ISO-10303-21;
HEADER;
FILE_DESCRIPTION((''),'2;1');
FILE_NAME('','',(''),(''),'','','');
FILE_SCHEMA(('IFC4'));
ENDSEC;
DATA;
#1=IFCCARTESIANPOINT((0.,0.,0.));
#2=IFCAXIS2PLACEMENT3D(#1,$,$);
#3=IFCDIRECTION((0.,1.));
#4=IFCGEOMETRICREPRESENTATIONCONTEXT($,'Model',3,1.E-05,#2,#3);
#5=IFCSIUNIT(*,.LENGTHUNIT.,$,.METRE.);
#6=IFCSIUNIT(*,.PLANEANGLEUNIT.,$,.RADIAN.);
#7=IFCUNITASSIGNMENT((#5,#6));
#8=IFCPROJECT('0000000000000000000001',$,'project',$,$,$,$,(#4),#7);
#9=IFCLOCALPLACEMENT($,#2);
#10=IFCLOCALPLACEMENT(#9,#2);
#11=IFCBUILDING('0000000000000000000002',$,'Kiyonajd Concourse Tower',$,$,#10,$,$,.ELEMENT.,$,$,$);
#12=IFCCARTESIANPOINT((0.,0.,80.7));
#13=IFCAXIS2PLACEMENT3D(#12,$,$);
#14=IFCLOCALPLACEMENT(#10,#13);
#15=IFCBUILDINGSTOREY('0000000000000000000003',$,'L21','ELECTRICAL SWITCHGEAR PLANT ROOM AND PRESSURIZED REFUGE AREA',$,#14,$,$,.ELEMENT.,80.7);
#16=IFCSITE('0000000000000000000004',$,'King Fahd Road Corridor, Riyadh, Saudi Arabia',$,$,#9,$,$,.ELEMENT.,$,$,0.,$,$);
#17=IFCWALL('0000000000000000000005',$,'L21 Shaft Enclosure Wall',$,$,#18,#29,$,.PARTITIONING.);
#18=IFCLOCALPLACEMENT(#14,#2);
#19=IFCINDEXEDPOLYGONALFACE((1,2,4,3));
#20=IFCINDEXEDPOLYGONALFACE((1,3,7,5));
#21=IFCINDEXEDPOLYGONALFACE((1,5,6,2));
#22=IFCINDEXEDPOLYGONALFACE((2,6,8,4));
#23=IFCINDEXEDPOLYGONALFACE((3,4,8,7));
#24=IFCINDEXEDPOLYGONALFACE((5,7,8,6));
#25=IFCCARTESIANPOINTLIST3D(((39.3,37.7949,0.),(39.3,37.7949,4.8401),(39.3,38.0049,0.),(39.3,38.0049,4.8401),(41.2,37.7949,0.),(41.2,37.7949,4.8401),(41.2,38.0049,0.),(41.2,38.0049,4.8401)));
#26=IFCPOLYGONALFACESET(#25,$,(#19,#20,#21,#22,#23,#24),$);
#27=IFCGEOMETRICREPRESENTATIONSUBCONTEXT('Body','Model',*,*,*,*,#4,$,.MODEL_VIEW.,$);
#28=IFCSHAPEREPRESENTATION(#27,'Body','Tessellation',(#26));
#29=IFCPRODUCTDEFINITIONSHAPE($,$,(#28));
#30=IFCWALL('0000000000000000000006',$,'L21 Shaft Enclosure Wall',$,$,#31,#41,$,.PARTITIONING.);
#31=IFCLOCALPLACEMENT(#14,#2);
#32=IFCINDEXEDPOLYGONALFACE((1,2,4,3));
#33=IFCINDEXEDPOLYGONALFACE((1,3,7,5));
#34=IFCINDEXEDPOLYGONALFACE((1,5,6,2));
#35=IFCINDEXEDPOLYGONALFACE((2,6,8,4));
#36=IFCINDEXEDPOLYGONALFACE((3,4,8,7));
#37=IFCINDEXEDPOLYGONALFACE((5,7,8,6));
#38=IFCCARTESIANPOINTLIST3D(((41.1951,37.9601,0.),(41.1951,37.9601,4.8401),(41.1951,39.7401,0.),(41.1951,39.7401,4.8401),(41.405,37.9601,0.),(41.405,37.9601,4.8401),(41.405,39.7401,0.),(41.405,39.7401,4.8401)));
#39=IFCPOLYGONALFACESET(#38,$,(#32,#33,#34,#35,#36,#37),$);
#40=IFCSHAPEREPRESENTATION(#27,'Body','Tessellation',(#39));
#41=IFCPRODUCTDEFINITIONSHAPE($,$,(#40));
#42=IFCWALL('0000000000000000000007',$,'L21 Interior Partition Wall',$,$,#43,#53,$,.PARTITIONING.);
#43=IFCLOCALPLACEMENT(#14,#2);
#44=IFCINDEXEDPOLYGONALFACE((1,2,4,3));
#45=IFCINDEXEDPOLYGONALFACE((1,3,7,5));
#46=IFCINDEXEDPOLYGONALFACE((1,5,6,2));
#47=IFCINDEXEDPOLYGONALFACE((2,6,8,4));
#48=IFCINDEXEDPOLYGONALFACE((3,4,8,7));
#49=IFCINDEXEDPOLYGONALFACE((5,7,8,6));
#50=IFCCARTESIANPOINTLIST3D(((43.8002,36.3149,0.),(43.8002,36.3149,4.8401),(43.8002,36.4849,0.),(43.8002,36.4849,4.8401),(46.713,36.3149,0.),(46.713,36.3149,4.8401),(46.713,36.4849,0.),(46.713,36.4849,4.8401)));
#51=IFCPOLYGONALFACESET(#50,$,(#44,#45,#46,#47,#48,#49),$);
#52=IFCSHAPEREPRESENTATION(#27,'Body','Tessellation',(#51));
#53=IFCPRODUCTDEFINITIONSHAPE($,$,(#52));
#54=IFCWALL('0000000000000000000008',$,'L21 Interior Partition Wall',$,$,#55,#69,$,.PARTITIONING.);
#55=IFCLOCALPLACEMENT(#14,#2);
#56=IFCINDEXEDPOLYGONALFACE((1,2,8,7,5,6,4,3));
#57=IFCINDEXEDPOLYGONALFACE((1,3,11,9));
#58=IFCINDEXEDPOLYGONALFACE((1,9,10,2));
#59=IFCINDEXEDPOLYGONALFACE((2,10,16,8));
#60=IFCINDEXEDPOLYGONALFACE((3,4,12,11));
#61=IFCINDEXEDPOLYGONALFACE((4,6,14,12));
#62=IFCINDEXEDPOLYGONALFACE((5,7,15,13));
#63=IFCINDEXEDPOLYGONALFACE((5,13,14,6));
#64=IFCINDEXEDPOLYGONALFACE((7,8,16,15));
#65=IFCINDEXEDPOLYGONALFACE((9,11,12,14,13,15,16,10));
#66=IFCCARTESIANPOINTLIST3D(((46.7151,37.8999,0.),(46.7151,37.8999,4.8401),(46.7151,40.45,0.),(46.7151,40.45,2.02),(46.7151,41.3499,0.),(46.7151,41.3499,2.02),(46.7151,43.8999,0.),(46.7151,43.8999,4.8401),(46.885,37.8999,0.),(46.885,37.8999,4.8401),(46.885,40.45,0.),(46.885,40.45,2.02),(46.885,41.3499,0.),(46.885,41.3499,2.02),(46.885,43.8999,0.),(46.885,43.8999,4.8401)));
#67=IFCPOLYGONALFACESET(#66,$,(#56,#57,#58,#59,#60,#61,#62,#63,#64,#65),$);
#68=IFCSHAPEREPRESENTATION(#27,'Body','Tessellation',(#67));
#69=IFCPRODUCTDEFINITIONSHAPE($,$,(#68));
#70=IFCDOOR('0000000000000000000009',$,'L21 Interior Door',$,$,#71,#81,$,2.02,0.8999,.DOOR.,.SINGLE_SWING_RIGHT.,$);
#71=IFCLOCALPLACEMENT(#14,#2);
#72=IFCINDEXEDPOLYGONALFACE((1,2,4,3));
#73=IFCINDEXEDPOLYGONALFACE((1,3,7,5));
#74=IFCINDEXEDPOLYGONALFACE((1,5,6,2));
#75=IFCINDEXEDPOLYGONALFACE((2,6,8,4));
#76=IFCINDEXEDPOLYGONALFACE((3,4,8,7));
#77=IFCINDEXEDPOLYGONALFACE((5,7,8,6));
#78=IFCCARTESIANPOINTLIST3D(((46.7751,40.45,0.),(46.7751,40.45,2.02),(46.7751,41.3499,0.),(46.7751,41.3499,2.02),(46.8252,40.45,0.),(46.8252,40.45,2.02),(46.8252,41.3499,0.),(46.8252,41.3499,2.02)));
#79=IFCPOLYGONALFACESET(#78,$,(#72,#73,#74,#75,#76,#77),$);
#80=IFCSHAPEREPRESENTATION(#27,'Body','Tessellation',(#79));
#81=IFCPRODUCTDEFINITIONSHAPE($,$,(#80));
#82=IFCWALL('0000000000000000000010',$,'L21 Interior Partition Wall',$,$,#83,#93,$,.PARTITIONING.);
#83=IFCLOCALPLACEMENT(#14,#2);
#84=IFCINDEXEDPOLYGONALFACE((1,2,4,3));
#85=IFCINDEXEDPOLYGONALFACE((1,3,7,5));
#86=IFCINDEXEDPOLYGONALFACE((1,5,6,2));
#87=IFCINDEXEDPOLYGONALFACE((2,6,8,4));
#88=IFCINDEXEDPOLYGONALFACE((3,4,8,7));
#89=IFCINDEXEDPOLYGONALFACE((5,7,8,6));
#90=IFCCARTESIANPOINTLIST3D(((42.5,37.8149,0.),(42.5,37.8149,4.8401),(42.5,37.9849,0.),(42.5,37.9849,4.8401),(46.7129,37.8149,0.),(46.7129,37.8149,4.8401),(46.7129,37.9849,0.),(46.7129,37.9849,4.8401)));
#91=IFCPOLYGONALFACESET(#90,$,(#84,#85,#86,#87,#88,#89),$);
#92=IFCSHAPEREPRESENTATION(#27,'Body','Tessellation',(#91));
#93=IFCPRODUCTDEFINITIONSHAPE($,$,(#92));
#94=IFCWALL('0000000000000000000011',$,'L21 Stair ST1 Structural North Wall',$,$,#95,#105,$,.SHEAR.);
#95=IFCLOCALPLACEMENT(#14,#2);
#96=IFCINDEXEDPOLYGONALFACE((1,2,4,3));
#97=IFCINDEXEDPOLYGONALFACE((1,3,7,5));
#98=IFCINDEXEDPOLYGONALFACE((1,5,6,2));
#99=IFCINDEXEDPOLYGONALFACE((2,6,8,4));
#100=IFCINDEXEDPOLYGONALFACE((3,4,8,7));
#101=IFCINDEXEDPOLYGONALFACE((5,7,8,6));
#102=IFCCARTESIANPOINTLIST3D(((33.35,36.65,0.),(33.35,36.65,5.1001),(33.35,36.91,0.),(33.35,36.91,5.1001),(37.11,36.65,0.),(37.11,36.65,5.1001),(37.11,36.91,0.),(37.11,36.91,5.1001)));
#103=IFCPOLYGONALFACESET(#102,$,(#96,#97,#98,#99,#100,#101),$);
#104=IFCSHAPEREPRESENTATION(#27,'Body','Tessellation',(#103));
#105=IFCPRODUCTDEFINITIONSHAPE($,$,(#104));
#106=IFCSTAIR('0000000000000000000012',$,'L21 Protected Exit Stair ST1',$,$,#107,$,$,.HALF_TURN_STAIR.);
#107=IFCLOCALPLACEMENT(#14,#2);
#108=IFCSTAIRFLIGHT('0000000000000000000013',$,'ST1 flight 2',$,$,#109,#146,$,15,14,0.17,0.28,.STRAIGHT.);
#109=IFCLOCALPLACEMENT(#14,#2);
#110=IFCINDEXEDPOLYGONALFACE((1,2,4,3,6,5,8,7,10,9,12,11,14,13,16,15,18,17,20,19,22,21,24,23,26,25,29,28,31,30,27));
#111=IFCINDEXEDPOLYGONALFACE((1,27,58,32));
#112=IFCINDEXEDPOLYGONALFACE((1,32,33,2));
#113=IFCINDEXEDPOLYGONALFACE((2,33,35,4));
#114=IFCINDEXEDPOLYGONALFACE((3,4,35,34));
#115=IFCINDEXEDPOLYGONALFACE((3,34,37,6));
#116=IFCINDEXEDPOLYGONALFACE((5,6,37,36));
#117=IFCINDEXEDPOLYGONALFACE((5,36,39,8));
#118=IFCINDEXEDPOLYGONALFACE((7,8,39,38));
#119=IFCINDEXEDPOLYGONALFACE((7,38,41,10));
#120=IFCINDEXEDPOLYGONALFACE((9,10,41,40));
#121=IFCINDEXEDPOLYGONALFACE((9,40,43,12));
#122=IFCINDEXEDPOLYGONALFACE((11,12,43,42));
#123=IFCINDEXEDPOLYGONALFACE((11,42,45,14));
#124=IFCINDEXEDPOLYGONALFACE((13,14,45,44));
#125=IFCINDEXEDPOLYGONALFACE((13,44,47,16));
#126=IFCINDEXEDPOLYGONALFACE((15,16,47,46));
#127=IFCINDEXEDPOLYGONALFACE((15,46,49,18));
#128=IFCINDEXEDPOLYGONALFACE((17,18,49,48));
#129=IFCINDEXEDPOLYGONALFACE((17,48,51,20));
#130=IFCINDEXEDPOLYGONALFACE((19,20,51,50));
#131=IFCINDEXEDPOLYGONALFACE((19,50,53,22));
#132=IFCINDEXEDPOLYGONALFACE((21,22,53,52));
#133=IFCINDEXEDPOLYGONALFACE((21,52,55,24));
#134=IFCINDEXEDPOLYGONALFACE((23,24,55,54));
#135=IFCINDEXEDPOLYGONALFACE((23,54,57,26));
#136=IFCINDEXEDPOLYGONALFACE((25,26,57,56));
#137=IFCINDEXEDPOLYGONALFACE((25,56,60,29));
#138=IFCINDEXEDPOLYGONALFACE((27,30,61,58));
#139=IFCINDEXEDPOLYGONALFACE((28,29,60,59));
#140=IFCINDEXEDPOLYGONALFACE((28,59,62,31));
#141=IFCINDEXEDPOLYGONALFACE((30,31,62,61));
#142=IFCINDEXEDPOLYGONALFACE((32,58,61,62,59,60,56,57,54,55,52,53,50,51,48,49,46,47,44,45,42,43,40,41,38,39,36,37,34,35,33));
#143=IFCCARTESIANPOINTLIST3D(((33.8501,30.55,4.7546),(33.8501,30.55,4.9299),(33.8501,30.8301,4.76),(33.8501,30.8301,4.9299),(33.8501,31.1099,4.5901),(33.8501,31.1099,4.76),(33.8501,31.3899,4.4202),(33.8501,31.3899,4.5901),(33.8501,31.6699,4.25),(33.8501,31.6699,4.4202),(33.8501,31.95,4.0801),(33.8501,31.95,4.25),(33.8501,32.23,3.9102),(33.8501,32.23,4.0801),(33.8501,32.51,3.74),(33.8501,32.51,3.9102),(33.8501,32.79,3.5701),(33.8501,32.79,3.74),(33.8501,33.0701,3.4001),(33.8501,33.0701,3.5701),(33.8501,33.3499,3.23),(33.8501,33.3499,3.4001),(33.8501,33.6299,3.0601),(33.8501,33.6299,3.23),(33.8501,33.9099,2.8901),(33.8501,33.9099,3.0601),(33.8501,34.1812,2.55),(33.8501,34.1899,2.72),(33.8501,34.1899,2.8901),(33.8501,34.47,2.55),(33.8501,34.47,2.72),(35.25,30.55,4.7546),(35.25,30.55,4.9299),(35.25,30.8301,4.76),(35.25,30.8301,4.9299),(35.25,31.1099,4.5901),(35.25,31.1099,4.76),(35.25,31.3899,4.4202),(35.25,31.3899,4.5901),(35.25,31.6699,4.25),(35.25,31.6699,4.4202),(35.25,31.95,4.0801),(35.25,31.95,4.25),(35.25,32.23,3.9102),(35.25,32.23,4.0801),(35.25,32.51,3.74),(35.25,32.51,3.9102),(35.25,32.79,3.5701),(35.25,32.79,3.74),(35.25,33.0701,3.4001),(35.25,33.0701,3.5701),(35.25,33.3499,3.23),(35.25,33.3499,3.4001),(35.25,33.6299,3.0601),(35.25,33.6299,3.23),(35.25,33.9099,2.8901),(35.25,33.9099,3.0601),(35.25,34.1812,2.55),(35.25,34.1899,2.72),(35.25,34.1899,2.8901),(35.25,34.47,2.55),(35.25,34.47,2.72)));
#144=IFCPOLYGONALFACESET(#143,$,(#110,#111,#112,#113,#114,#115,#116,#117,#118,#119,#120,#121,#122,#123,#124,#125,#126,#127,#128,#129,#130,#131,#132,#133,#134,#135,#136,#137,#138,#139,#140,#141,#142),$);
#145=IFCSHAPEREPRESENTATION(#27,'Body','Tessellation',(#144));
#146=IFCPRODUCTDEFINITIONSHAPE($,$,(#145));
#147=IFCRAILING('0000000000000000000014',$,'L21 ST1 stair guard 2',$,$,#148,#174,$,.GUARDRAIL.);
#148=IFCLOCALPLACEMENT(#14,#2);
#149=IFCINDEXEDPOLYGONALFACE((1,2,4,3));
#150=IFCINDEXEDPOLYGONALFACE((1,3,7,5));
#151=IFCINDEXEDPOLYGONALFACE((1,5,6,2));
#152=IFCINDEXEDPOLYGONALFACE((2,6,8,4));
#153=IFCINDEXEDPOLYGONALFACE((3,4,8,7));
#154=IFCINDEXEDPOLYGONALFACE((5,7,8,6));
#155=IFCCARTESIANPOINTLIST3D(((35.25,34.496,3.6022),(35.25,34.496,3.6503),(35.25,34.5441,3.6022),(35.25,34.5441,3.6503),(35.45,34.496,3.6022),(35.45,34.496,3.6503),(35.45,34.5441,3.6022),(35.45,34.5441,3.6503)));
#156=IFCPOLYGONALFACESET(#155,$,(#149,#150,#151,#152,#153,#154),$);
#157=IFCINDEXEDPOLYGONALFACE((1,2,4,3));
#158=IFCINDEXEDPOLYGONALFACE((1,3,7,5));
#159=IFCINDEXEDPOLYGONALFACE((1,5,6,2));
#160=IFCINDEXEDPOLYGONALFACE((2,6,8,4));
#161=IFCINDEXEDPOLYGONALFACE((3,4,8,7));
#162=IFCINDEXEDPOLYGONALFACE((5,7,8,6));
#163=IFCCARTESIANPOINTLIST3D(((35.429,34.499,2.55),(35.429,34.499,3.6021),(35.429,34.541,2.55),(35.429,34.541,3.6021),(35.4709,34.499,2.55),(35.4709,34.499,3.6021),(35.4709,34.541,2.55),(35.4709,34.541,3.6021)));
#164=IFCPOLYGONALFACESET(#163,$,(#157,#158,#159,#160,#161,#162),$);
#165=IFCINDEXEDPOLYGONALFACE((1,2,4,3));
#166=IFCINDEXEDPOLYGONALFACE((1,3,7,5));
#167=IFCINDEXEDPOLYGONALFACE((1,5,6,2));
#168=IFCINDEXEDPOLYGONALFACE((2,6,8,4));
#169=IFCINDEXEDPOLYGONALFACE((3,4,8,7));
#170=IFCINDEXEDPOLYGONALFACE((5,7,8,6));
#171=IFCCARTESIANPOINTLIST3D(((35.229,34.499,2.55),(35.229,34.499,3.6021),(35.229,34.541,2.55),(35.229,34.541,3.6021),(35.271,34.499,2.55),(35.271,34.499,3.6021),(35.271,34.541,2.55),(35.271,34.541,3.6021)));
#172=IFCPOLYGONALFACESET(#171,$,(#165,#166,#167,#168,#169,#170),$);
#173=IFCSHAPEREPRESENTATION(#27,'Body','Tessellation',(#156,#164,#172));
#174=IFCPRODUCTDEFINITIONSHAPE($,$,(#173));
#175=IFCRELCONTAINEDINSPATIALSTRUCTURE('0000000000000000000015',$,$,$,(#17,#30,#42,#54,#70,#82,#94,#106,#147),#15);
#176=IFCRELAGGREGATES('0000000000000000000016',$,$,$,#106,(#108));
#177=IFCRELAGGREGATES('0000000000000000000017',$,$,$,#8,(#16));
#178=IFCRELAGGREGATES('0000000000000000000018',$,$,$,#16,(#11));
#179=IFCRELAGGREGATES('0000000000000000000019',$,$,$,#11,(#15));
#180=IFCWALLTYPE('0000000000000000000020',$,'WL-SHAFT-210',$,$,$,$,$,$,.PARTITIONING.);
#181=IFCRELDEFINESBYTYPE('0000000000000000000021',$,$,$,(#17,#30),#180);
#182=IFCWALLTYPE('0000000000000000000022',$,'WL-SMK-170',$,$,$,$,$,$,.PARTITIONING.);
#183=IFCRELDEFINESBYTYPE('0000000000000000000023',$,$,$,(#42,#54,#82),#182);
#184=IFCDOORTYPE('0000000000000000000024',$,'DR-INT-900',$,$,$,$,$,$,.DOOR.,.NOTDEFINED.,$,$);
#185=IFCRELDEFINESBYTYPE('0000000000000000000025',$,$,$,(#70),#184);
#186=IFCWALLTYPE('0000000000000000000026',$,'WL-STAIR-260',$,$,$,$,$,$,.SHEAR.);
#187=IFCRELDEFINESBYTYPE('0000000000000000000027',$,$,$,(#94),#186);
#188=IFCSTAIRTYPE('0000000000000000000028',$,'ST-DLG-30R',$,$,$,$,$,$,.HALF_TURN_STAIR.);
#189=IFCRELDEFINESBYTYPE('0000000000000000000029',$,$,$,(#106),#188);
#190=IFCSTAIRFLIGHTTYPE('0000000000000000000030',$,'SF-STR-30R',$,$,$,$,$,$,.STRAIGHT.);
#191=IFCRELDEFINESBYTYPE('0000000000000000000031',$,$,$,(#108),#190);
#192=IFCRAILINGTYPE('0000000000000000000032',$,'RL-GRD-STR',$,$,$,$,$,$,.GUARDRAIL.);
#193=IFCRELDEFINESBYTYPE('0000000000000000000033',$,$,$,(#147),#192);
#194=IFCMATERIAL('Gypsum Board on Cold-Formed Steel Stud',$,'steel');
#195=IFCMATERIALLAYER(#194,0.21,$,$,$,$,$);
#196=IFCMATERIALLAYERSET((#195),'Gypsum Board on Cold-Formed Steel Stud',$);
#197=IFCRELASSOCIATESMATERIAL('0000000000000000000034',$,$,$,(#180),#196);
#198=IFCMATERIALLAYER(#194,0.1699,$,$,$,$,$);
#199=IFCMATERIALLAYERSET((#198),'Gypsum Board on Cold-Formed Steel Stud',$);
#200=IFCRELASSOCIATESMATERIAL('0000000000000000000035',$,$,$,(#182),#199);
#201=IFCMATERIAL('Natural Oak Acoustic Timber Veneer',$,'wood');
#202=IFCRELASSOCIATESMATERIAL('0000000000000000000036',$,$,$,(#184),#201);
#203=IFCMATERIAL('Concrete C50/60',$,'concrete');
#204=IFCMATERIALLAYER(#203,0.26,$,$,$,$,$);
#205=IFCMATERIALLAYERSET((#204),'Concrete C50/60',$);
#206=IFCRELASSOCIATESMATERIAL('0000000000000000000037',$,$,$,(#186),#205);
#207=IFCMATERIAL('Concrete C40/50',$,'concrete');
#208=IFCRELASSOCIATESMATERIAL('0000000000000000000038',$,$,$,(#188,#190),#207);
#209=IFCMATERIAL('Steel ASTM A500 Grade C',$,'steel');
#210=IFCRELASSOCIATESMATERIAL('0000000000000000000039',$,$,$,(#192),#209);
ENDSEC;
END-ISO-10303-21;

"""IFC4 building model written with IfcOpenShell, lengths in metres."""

from ifc_helpers import new_model, si_unit, direction, frame, frame_2d, origin, origin_2d, place, context, subcontext, project, spatial, polyline, rectangle, outline, extrude, material, layer, layer_set, type_object, element, fill, aggregate, save


model = new_model("IFC4")

# Units and contexts
model_context = context("Model", 3, precision=1e-05, world=origin(), true_north=direction((0.0, 1.0)))
body_context = subcontext(model_context, "Body", "Model", "MODEL_VIEW")
ifc_project = project(units=[si_unit("LENGTHUNIT", "METRE"), si_unit("PLANEANGLEUNIT", "RADIAN")], contexts=[model_context])

# Site, building, storey
site_placement = place(None, origin())
site = spatial("IfcSite", under=ifc_project, at=site_placement, Name="King Fahd Road Corridor, Riyadh, Saudi Arabia", CompositionType="ELEMENT", RefElevation=0.0)
building_placement = place(site_placement, origin())
building = spatial("IfcBuilding", under=site, at=building_placement, Name="Kiyonajd Concourse Tower", CompositionType="ELEMENT")
storey_placement = place(building_placement, frame((0.0, 0.0, 80.7)))
storey = spatial("IfcBuildingStorey", under=building, at=storey_placement, Name="L21", Description="ELECTRICAL SWITCHGEAR PLANT ROOM AND PRESSURIZED REFUGE AREA", CompositionType="ELEMENT", Elevation=80.7)

# Shared definitions
ifc_material_1 = material(Name="Gypsum Board on Cold-Formed Steel Stud", Category="steel")
ifc_layer_1 = layer(ifc_material_1, 0.21)
ifc_layer_set_1 = layer_set([ifc_layer_1], Name="Gypsum Board on Cold-Formed Steel Stud")
wall_type_1 = type_object("IfcWallType", Name="WL-SHAFT-210", PredefinedType="PARTITIONING", material=ifc_layer_set_1)

# Walls
wall_1_placement = place(storey_placement, frame((39.3, 37.8999, 0.0), z_axis=(0.0, 0.0, 1.0), x_axis=(1.0, 0.0, 0.0)))
element("IfcWall", 1, at=wall_1_placement, inside=storey, type_object=wall_type_1, Name="L21 Shaft Enclosure Wall", PredefinedType="PARTITIONING", context=body_context, shape_type="SweptSolid", body=[
    extrude(rectangle(XDim=1.8999, YDim=0.21, at=frame_2d((0.95, 0.0))), origin(), (0.0, 0.0, 1.0), 4.8401),
])
wall_2_placement = place(storey_placement, frame((41.3, 37.96, 0.0), z_axis=(0.0, 0.0, 1.0), x_axis=(0.0, 1.0, 0.0)))
element("IfcWall", 2, at=wall_2_placement, inside=storey, type_object=wall_type_1, Name="L21 Shaft Enclosure Wall", PredefinedType="PARTITIONING", context=body_context, shape_type="SweptSolid", body=[
    extrude(rectangle(XDim=1.78, YDim=0.21, at=frame_2d((0.8901, 0.0))), origin(), (0.0, 0.0, 1.0), 4.8401),
])
ifc_layer_2 = layer(ifc_material_1, 0.1699)
ifc_layer_set_2 = layer_set([ifc_layer_2], Name="Gypsum Board on Cold-Formed Steel Stud")
wall_type_2 = type_object("IfcWallType", Name="WL-SMK-170", PredefinedType="PARTITIONING", material=ifc_layer_set_2)
wall_3_placement = place(storey_placement, frame((43.8, 36.3999, 0.0), z_axis=(0.0, 0.0, 1.0), x_axis=(1.0, 0.0, 0.0)))
element("IfcWall", 3, at=wall_3_placement, inside=storey, type_object=wall_type_2, Name="L21 Interior Partition Wall", PredefinedType="PARTITIONING", context=body_context, shape_type="SweptSolid", body=[
    extrude(rectangle(XDim=2.9128, YDim=0.1699, at=frame_2d((1.4565, 0.0))), origin(), (0.0, 0.0, 1.0), 4.8401),
])

# Wall, opening, door
wall_4_placement = place(storey_placement, frame((46.8, 37.8999, 0.0), z_axis=(0.0, 0.0, 1.0), x_axis=(0.0, 1.0, 0.0)))
wall_4 = element("IfcWall", 4, at=wall_4_placement, inside=storey, type_object=wall_type_2, Name="L21 Interior Partition Wall", PredefinedType="PARTITIONING", context=body_context, shape_type="SweptSolid", body=[
    extrude(rectangle(XDim=6.0, YDim=0.1699, at=frame_2d((3.0, 0.0))), origin(), (0.0, 0.0, 1.0), 4.8401),
])
opening_1_placement = place(wall_4_placement, frame((2.55, 0.0, 0.0)))
opening_1 = element("IfcOpeningElement", 5, at=opening_1_placement, cuts=wall_4, PredefinedType="OPENING", context=body_context, shape_type="SweptSolid", body=[
    extrude(rectangle(XDim=0.8999, YDim=2.02, at=frame_2d((0.45, 1.01))), frame((0.0, 0.095, 0.0), z_axis=(0.0, -1.0, 0.0), x_axis=(1.0, 0.0, 0.0)), (0.0, 0.0, 1.0), 0.1899),
])
ifc_material_2 = material(Name="Natural Oak Acoustic Timber Veneer", Category="wood")
door_type_1 = type_object("IfcDoorType", Name="DR-INT-900", OperationType="NOTDEFINED", PredefinedType="DOOR", material=ifc_material_2)
door_1_placement = place(opening_1_placement, origin())
door_1 = element("IfcDoor", 6, at=door_1_placement, inside=storey, type_object=door_type_1, Name="L21 Interior Door", OperationType="SINGLE_SWING_RIGHT", OverallHeight=2.02, OverallWidth=0.8999, PredefinedType="DOOR", context=body_context, shape_type="SweptSolid", body=[
    extrude(rectangle(XDim=0.8999, YDim=2.02, at=frame_2d((0.45, 1.01))), frame((0.0, 0.0249, 0.0), z_axis=(0.0, -1.0, 0.0), x_axis=(1.0, 0.0, 0.0)), (0.0, 0.0, 1.0), 0.05),
])
fill(opening_1, door_1)

# Walls
wall_5_placement = place(storey_placement, frame((42.5, 37.8999, 0.0), z_axis=(0.0, 0.0, 1.0), x_axis=(1.0, 0.0, 0.0)))
element("IfcWall", 7, at=wall_5_placement, inside=storey, type_object=wall_type_2, Name="L21 Interior Partition Wall", PredefinedType="PARTITIONING", context=body_context, shape_type="SweptSolid", body=[
    extrude(rectangle(XDim=4.2129, YDim=0.1699, at=frame_2d((2.1064, 0.0))), origin(), (0.0, 0.0, 1.0), 4.8401),
])
ifc_material_3 = material(Name="Concrete C50/60", Category="concrete")
ifc_layer_3 = layer(ifc_material_3, 0.26)
ifc_layer_set_3 = layer_set([ifc_layer_3], Name="Concrete C50/60")
wall_type_3 = type_object("IfcWallType", Name="WL-STAIR-260", PredefinedType="SHEAR", material=ifc_layer_set_3)
wall_6_placement = place(storey_placement, frame((33.3501, 36.78, 0.0), z_axis=(0.0, 0.0, 1.0), x_axis=(1.0, 0.0, 0.0)))
element("IfcWall", 8, at=wall_6_placement, inside=storey, type_object=wall_type_3, Name="L21 Stair ST1 Structural North Wall", PredefinedType="SHEAR", context=body_context, shape_type="SweptSolid", body=[
    extrude(rectangle(XDim=3.76, YDim=0.26, at=frame_2d((1.8799, 0.0))), origin(), (0.0, 0.0, 1.0), 5.1001),
])

# Stair, stair flight
ifc_material_4 = material(Name="Concrete C40/50", Category="concrete")
stair_type = type_object("IfcStairType", Name="ST-DLG-30R", PredefinedType="HALF_TURN_STAIR", material=ifc_material_4)
stair_placement = place(storey_placement, origin())
stair = element("IfcStair", 9, at=stair_placement, inside=storey, type_object=stair_type, Name="L21 Protected Exit Stair ST1", PredefinedType="HALF_TURN_STAIR")
stair_flight_type = type_object("IfcStairFlightType", Name="SF-STR-30R", PredefinedType="STRAIGHT", material=ifc_material_4)
stair_flight_placement = place(storey_placement, frame((34.55, 34.47, 2.55), z_axis=(0.0, 0.0, 1.0), x_axis=(0.0, -1.0, 0.0)))
stair_flight = element("IfcStairFlight", 10, at=stair_flight_placement, type_object=stair_flight_type, Name="ST1 flight 2", NumberOfRisers=15, NumberOfTreads=14, PredefinedType="STRAIGHT", RiserHeight=0.17, TreadLength=0.28, context=body_context, shape_type="SweptSolid", body=[
    extrude(outline(polyline([(0.0, 0.0), (0.0, 0.1699), (0.28, 0.1699), (0.28, 0.3401), (0.5601, 0.3401), (0.5601, 0.51), (0.8401, 0.51), (0.8401, 0.6799), (1.1201, 0.6799), (1.1201, 0.8501), (1.3999, 0.8501), (1.3999, 1.02), (1.6799, 1.02), (1.6799, 1.1899), (1.96, 1.1899), (1.96, 1.3601), (2.24, 1.3601), (2.24, 1.53), (2.52, 1.53), (2.52, 1.7), (2.8, 1.7), (2.8, 1.8701), (3.0801, 1.8701), (3.0801, 2.04), (3.3601, 2.04), (3.3601, 2.21), (3.6399, 2.21), (3.6399, 2.3799), (3.9199, 2.3799), (3.9199, 2.55), (3.9199, 2.2046), (0.2888, 0.0), (0.0, 0.0)])), frame((0.0, 0.7, 0.0), z_axis=(0.0, -1.0, 0.0), x_axis=(1.0, 0.0, 0.0)), (0.0, 0.0, 1.0), 1.3999),
])
aggregate(stair, [stair_flight])

# Railing
ifc_material_5 = material(Name="Steel ASTM A500 Grade C", Category="steel")
railing_type_1 = type_object("IfcRailingType", Name="RL-GRD-STR", PredefinedType="GUARDRAIL", material=ifc_material_5)
railing_1_placement = place(storey_placement, frame((35.45, 34.52, 2.55)))
element("IfcRailing", 11, at=railing_1_placement, inside=storey, type_object=railing_type_1, Name="L21 ST1 stair guard 2", PredefinedType="GUARDRAIL", context=body_context, shape_type="SweptSolid", body=[
    extrude(rectangle(XDim=0.0481, YDim=0.0481, at=origin_2d()), frame((0.0, 0.0, 1.0762), z_axis=(-1.0, 0.0, 0.0), x_axis=(0.0, -1.0, 0.0)), (0.0, 0.0, 1.0), 0.2),
    extrude(rectangle(XDim=0.042, YDim=0.042, at=origin_2d()), origin(), (0.0, 0.0, 1.0), 1.052),
    extrude(rectangle(XDim=0.042, YDim=0.042, at=origin_2d()), frame((-0.2, 0.0, 0.0)), (0.0, 0.0, 1.0), 1.052),
])

save(model, "model.ifc")
